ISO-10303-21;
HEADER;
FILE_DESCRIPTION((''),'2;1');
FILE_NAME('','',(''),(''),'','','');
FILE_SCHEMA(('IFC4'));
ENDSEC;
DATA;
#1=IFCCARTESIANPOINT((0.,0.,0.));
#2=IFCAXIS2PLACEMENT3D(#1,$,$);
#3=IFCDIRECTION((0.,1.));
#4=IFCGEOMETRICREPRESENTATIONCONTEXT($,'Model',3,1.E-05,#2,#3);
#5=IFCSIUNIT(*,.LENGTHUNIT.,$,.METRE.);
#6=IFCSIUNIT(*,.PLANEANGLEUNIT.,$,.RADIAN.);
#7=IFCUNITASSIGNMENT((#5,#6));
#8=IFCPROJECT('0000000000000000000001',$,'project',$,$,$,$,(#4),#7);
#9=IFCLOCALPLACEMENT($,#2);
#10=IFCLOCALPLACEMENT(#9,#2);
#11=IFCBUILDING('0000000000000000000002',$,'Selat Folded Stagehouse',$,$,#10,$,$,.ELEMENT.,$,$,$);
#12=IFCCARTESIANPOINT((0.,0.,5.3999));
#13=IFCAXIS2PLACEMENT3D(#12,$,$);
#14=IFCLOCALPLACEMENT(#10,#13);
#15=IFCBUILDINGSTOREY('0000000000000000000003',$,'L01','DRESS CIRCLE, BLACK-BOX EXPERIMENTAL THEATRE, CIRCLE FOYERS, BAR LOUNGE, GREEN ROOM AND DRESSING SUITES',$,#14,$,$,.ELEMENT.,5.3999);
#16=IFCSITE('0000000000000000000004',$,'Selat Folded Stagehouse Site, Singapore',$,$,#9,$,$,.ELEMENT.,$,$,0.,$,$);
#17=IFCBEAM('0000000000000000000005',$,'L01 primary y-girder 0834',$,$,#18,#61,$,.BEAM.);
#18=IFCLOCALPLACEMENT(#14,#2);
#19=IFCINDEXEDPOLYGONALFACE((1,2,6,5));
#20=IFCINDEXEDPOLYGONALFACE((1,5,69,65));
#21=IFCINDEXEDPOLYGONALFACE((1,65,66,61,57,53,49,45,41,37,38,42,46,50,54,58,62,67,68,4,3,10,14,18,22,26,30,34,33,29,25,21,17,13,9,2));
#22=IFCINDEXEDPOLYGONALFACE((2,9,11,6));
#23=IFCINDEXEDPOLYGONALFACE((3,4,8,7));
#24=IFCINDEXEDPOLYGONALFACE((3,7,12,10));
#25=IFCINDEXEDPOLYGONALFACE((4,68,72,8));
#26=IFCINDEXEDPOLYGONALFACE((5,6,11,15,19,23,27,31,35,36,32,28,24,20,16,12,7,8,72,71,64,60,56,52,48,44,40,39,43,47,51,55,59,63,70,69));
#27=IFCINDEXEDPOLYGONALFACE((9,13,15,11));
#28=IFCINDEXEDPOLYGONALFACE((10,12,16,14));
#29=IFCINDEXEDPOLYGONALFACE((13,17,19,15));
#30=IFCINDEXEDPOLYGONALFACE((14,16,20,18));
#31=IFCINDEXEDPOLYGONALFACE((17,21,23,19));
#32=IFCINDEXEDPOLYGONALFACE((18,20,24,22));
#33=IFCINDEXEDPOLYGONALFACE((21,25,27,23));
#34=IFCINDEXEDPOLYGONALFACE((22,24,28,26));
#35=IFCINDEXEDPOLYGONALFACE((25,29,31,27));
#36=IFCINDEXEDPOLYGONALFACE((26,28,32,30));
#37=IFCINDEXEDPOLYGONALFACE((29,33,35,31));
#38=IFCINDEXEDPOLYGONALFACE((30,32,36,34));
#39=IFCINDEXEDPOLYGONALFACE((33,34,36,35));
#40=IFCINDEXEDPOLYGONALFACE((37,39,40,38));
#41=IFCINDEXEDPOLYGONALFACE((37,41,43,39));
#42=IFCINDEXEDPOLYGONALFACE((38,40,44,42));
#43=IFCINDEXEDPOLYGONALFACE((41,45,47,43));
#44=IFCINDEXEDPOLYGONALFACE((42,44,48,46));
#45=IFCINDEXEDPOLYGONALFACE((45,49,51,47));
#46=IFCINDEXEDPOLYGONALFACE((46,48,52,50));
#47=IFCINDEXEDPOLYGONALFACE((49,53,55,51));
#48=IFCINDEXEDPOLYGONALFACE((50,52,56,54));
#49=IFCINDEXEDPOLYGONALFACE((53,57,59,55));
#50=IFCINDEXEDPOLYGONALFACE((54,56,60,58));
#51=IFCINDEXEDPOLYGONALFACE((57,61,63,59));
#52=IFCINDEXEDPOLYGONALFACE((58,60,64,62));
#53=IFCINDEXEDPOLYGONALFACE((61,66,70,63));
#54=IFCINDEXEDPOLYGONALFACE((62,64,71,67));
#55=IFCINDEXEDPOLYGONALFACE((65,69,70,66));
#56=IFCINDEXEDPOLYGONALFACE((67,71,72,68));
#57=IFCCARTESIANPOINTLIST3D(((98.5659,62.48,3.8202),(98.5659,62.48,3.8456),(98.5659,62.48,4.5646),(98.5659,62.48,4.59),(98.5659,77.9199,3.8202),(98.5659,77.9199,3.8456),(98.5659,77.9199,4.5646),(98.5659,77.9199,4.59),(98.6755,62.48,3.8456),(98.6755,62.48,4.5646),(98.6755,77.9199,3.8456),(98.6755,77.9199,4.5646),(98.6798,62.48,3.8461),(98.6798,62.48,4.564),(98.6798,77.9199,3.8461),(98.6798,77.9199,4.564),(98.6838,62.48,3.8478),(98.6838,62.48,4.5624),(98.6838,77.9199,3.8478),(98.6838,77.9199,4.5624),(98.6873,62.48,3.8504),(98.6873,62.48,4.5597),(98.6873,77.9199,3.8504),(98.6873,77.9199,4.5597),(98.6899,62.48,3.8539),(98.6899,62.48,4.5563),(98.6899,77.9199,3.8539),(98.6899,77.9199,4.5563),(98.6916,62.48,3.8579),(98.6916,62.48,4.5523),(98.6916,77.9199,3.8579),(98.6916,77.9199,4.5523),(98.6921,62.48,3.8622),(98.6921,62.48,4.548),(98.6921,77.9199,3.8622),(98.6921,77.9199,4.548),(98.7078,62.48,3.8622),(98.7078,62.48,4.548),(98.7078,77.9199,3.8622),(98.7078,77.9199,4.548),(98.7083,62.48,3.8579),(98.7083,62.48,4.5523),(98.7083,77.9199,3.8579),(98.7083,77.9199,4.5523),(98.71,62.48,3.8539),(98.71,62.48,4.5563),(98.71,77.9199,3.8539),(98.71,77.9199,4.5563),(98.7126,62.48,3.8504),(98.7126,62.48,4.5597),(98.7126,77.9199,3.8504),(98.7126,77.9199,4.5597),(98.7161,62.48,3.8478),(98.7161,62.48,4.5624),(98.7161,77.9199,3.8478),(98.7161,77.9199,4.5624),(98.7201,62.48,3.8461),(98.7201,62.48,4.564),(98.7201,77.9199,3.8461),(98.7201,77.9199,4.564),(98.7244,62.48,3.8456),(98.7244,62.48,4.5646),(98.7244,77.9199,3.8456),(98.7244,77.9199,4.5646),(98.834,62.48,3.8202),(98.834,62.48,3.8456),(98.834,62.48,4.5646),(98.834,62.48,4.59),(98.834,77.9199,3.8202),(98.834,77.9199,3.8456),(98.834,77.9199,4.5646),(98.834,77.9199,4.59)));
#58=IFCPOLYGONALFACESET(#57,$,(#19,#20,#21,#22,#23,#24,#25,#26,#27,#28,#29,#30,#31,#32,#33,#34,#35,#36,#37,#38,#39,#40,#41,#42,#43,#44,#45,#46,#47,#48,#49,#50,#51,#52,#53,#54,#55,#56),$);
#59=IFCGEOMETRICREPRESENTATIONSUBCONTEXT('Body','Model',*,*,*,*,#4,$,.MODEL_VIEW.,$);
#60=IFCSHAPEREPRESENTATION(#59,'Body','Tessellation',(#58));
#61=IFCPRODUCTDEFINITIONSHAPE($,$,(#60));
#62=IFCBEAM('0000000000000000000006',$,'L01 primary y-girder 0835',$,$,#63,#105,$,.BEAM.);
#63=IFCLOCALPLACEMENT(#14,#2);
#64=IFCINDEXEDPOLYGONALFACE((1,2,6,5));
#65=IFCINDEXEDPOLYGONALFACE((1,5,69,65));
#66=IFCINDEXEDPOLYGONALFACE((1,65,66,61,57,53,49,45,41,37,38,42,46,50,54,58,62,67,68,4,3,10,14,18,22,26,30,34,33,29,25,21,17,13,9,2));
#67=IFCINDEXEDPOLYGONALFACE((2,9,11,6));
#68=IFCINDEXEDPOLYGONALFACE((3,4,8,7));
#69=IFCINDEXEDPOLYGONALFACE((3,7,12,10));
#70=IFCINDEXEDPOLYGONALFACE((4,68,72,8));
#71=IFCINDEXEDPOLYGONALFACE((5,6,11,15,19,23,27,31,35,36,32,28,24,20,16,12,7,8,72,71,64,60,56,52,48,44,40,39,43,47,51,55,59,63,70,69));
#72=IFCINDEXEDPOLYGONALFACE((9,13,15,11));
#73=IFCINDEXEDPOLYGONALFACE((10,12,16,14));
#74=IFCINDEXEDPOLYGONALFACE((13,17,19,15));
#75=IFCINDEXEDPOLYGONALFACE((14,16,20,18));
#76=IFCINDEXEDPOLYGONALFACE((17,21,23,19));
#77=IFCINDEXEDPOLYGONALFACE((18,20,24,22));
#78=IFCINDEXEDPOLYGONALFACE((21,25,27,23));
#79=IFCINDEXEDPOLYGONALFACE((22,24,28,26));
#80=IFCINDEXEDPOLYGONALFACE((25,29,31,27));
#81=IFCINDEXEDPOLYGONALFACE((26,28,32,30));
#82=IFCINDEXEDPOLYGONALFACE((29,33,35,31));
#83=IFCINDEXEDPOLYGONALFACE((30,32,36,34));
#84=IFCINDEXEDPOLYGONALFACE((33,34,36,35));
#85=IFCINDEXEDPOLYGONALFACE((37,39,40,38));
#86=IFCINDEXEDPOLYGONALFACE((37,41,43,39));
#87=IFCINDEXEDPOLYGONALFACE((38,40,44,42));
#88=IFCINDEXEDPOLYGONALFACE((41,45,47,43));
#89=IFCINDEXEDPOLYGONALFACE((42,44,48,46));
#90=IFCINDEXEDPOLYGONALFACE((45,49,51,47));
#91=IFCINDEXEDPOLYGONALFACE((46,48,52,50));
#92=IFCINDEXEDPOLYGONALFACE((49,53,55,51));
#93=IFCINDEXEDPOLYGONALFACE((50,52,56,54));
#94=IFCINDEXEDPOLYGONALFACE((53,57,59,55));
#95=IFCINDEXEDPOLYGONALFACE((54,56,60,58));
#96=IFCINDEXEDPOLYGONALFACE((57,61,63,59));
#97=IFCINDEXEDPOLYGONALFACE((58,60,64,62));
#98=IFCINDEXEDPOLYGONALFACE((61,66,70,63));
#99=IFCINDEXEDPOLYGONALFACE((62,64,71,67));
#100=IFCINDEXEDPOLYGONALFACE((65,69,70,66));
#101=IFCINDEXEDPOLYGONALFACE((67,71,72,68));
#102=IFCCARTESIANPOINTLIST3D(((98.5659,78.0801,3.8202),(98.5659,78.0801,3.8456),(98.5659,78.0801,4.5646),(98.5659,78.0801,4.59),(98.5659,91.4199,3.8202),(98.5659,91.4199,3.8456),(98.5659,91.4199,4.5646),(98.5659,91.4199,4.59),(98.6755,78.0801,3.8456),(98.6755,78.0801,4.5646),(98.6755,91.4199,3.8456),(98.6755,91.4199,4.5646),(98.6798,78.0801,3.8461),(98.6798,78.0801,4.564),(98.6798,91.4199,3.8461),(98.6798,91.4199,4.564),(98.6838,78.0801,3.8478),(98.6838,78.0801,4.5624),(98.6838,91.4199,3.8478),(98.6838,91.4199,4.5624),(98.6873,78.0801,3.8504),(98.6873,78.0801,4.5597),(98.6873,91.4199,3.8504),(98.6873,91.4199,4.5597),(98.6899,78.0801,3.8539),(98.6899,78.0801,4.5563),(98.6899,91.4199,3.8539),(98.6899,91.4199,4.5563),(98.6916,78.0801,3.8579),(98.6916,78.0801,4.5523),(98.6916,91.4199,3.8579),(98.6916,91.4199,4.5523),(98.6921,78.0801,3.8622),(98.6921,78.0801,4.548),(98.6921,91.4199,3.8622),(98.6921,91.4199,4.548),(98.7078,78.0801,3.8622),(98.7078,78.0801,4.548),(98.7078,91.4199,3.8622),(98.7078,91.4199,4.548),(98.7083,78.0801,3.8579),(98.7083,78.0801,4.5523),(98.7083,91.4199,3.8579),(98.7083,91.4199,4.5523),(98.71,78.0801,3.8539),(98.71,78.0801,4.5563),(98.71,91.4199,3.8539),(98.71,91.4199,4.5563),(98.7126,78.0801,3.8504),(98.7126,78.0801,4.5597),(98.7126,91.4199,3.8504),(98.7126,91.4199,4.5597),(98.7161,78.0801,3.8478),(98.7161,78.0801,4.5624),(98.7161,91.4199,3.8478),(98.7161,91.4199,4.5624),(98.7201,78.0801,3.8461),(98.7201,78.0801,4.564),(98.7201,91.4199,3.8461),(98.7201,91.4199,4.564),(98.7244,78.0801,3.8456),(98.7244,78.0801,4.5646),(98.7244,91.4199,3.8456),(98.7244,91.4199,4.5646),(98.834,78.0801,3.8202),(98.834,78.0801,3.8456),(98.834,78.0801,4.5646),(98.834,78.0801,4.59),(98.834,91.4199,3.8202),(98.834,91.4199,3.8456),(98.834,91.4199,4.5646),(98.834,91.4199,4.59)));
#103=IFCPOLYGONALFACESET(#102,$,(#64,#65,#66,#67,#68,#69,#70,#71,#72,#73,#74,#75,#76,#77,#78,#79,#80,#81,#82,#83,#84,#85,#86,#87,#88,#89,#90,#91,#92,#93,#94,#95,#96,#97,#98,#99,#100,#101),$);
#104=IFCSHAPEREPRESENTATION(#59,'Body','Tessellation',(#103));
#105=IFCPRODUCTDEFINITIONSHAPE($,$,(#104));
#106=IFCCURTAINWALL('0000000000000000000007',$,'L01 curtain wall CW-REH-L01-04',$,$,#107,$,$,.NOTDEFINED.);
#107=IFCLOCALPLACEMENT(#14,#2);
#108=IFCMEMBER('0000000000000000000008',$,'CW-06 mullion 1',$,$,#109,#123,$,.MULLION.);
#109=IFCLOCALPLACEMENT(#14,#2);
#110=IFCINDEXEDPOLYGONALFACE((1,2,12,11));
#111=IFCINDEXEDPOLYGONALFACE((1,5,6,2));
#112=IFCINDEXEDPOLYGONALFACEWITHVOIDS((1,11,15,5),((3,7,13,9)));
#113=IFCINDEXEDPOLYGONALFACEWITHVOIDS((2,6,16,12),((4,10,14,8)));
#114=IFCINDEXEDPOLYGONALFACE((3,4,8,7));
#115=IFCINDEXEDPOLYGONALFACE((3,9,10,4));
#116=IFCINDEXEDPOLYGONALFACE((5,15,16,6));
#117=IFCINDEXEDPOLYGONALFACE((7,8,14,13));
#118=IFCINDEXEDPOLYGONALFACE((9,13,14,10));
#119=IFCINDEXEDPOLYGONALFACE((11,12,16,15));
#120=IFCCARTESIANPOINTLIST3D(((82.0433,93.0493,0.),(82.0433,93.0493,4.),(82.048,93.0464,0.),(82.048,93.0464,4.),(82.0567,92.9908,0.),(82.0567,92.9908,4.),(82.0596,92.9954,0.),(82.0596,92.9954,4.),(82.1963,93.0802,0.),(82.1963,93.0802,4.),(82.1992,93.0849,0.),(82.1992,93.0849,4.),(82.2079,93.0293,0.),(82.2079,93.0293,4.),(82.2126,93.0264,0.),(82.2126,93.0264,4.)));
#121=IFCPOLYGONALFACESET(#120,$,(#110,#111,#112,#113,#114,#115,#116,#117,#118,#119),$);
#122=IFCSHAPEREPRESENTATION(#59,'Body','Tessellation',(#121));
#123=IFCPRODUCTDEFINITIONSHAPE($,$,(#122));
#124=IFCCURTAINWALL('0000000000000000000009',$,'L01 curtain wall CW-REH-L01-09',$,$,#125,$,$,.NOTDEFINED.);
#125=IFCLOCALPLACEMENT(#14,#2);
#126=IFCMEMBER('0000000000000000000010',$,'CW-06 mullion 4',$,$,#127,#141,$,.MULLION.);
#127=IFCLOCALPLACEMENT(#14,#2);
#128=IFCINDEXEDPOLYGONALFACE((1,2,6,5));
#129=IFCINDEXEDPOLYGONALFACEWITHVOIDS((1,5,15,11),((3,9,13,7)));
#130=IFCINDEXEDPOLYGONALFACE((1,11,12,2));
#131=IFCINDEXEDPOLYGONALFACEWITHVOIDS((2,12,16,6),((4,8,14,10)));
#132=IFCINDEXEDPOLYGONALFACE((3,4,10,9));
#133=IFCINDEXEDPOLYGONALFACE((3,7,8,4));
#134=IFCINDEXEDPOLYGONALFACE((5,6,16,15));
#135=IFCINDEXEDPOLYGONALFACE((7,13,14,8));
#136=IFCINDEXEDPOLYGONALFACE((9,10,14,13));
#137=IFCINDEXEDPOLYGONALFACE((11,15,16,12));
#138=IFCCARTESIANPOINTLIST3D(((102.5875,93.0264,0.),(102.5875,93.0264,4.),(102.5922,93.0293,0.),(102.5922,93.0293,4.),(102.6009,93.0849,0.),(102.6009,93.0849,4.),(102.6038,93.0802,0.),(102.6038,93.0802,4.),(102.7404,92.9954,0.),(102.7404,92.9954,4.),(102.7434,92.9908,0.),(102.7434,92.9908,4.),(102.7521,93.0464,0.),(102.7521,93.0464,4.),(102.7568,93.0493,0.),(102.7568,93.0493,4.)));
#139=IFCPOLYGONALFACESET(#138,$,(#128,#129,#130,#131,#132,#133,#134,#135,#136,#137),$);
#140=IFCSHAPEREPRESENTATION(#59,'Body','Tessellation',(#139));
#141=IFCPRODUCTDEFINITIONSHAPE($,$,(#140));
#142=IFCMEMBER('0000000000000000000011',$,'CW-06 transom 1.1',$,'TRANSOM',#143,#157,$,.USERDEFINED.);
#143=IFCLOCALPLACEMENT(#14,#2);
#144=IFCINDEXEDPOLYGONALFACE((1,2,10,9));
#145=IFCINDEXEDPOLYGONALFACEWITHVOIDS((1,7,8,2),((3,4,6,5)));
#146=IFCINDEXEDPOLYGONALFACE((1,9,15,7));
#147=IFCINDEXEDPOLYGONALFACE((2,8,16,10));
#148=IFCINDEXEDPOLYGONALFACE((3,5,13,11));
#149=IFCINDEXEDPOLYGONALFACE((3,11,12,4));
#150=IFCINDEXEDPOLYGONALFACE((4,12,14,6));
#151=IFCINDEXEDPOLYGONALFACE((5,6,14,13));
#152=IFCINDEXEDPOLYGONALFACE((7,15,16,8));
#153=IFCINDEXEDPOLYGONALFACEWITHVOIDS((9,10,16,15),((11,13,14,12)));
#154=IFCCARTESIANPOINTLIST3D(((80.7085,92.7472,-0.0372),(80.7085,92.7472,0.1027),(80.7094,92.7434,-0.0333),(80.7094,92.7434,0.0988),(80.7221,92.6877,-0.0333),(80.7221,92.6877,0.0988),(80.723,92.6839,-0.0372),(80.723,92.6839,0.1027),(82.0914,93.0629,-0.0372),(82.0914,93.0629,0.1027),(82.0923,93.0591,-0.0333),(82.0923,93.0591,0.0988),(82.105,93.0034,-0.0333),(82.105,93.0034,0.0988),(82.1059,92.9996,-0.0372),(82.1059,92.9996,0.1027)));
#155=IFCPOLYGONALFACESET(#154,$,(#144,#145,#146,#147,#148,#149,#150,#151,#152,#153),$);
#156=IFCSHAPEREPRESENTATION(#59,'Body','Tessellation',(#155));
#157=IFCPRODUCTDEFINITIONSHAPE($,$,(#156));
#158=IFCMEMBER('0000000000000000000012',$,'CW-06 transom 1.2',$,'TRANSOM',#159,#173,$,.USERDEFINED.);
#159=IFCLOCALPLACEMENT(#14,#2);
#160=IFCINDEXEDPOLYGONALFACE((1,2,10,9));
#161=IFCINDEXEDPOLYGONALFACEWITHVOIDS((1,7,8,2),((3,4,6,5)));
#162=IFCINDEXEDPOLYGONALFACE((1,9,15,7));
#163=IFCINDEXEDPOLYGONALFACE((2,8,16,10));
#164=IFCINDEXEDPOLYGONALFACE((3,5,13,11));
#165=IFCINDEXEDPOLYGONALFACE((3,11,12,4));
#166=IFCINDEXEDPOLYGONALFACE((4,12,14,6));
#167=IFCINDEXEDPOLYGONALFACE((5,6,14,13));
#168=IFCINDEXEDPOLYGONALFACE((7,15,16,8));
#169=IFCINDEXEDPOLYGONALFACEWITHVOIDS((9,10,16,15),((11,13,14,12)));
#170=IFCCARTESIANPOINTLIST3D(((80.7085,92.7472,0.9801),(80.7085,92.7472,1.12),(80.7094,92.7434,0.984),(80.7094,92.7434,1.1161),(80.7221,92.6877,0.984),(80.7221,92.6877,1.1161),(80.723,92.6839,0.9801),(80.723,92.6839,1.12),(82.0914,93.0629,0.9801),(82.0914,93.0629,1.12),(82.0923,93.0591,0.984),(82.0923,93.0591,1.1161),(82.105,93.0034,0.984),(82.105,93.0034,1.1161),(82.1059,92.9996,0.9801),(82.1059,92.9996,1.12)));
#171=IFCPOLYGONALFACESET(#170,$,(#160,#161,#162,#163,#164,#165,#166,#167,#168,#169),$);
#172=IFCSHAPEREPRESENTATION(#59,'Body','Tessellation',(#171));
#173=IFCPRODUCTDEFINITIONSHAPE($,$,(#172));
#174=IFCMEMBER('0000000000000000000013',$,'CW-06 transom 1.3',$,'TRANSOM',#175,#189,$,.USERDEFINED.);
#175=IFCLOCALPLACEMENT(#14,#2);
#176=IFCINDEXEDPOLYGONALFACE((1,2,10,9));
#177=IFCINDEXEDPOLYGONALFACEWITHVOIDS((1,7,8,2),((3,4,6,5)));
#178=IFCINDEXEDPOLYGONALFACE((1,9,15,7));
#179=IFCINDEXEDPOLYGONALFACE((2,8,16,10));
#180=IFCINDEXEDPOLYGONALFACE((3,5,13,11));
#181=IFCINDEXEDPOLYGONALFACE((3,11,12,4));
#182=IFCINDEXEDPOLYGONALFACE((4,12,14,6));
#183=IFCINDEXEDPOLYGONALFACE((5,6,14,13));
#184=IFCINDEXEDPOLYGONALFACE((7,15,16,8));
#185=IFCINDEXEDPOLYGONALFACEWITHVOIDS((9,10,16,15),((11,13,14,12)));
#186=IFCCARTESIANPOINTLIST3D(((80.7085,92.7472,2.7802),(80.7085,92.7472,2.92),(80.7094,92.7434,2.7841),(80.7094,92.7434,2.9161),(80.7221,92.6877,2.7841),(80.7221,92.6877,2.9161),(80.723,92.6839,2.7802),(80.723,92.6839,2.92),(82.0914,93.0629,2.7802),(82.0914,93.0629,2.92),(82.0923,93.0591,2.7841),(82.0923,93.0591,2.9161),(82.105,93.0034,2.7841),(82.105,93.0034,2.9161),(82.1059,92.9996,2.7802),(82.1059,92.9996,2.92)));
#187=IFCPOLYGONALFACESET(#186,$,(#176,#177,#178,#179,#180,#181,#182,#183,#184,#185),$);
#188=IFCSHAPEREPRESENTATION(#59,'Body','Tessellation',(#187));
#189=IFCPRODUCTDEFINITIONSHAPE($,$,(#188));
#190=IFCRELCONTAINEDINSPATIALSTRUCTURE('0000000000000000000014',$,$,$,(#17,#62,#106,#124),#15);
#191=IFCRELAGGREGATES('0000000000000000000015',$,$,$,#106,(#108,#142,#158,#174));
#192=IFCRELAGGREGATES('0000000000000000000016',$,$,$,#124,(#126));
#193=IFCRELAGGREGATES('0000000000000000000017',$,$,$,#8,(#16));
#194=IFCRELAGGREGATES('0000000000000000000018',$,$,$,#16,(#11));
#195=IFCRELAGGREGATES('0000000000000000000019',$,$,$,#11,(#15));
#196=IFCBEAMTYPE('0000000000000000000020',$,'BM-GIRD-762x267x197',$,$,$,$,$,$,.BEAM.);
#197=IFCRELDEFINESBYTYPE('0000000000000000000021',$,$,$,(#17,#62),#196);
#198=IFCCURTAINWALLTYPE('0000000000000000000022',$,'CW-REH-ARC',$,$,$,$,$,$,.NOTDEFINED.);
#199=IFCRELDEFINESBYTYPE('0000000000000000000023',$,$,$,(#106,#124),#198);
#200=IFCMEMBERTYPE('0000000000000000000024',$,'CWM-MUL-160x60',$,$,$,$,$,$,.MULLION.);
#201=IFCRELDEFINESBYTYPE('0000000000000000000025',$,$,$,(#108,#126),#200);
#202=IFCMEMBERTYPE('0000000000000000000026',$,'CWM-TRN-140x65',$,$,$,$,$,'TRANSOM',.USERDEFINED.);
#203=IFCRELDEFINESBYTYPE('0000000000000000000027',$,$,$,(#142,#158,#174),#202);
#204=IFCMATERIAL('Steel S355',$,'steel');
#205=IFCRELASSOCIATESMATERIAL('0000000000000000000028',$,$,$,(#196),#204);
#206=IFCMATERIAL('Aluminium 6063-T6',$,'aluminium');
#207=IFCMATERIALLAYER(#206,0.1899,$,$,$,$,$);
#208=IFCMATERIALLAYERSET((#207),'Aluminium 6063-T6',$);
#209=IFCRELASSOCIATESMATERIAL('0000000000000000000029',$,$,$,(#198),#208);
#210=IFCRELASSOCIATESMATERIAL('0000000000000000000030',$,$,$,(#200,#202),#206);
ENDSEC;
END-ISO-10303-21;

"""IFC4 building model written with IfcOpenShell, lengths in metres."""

from ifc_helpers import new_model, si_unit, direction, frame, origin, origin_2d, place, context, subcontext, project, spatial, hollow_rectangle, i_section, extrude, material, layer, layer_set, material_profile, profile_set, type_object, element, aggregate, save


model = new_model("IFC4")

# Units and contexts
model_context = context("Model", 3, precision=1e-05, world=origin(), true_north=direction((0.0, 1.0)))
body_context = subcontext(model_context, "Body", "Model", "MODEL_VIEW")
ifc_project = project(units=[si_unit("LENGTHUNIT", "METRE"), si_unit("PLANEANGLEUNIT", "RADIAN")], contexts=[model_context])

# Site, building, storey
site_placement = place(None, origin())
site = spatial("IfcSite", under=ifc_project, at=site_placement, Name="Selat Folded Stagehouse Site, Singapore", CompositionType="ELEMENT", RefElevation=0.0)
building_placement = place(site_placement, origin())
building = spatial("IfcBuilding", under=site, at=building_placement, Name="Selat Folded Stagehouse", CompositionType="ELEMENT")
storey_placement = place(building_placement, frame((0.0, 0.0, 5.3999)))
storey = spatial("IfcBuildingStorey", under=building, at=storey_placement, Name="L01", Description="DRESS CIRCLE, BLACK-BOX EXPERIMENTAL THEATRE, CIRCLE FOYERS, BAR LOUNGE, GREEN ROOM AND DRESSING SUITES", CompositionType="ELEMENT", Elevation=5.3999)

# Shared definitions
ifc_material_1 = material(Name="Steel S355", Category="steel")

# Beams
ifc_material_profile_1 = material_profile(ifc_material_1, i_section(OverallWidth=0.2681, OverallDepth=0.7698, WebThickness=0.0156, FlangeThickness=0.0254, FilletRadius=0.0166, at=origin_2d()), Name="UKB 762x267x197")
ifc_profile_set_1 = profile_set([ifc_material_profile_1], Name="Steel S355")
beam_type = type_object("IfcBeamType", Name="BM-GIRD-762x267x197", PredefinedType="BEAM", material=ifc_profile_set_1)
beam_1_placement = place(storey_placement, frame((98.7, 62.48, 4.2051), z_axis=(0.0, 1.0, 0.0), x_axis=(-1.0, 0.0, 0.0)))
element("IfcBeam", 1, at=beam_1_placement, inside=storey, type_object=beam_type, Name="L01 primary y-girder 0834", PredefinedType="BEAM", context=body_context, shape_type="SweptSolid", body=[
    extrude(i_section(OverallWidth=0.2681, OverallDepth=0.7698, WebThickness=0.0156, FlangeThickness=0.0254, FilletRadius=0.0166, at=origin_2d()), origin(), (0.0, 0.0, 1.0), 15.4399),
])
beam_2_placement = place(storey_placement, frame((98.7, 78.0801, 4.2051), z_axis=(0.0, 1.0, 0.0), x_axis=(-1.0, 0.0, 0.0)))
element("IfcBeam", 2, at=beam_2_placement, inside=storey, type_object=beam_type, Name="L01 primary y-girder 0835", PredefinedType="BEAM", context=body_context, shape_type="SweptSolid", body=[
    extrude(i_section(OverallWidth=0.2681, OverallDepth=0.7698, WebThickness=0.0156, FlangeThickness=0.0254, FilletRadius=0.0166, at=origin_2d()), origin(), (0.0, 0.0, 1.0), 13.3398),
])

# Curtain walls, members
ifc_material_2 = material(Name="Aluminium 6063-T6", Category="aluminium")
ifc_layer_1 = layer(ifc_material_2, 0.1899)
ifc_layer_set_1 = layer_set([ifc_layer_1], Name="Aluminium 6063-T6")
curtain_wall_type = type_object("IfcCurtainWallType", Name="CW-REH-ARC", PredefinedType="NOTDEFINED", material=ifc_layer_set_1)
curtain_wall_1_placement = place(storey_placement, origin())
curtain_wall_1 = element("IfcCurtainWall", 3, at=curtain_wall_1_placement, inside=storey, type_object=curtain_wall_type, Name="L01 curtain wall CW-REH-L01-04", PredefinedType="NOTDEFINED")
ifc_material_profile_2 = material_profile(ifc_material_2, hollow_rectangle(XDim=0.0601, YDim=0.1599, WallThickness=0.0039, at=origin_2d()), Name="ALU 160x60x4.0")
ifc_profile_set_2 = profile_set([ifc_material_profile_2], Name="Aluminium 6063-T6")
member_type_1 = type_object("IfcMemberType", Name="CWM-MUL-160x60", PredefinedType="MULLION", material=ifc_profile_set_2)
member_1_placement = place(storey_placement, frame((82.1279, 93.0378, 0.0), z_axis=(0.0, 0.0, 1.0), x_axis=(0.222543, -0.974923, 0.0)))
member_1 = element("IfcMember", 4, at=member_1_placement, type_object=member_type_1, Name="CW-06 mullion 1", PredefinedType="MULLION", context=body_context, shape_type="SweptSolid", body=[
    extrude(hollow_rectangle(XDim=0.0601, YDim=0.1599, WallThickness=0.0039, at=origin_2d()), origin(), (0.0, 0.0, 1.0), 4.0),
])
curtain_wall_2_placement = place(storey_placement, origin())
curtain_wall_2 = element("IfcCurtainWall", 5, at=curtain_wall_2_placement, inside=storey, type_object=curtain_wall_type, Name="L01 curtain wall CW-REH-L01-09", PredefinedType="NOTDEFINED")
member_2_placement = place(storey_placement, frame((102.6721, 93.0378, 0.0), z_axis=(0.0, 0.0, 1.0), x_axis=(-0.222543, -0.974923, 0.0)))
member_2 = element("IfcMember", 6, at=member_2_placement, type_object=member_type_1, Name="CW-06 mullion 4", PredefinedType="MULLION", context=body_context, shape_type="SweptSolid", body=[
    extrude(hollow_rectangle(XDim=0.0601, YDim=0.1599, WallThickness=0.0039, at=origin_2d()), origin(), (0.0, 0.0, 1.0), 4.0),
])

# Members
ifc_material_profile_3 = material_profile(ifc_material_2, hollow_rectangle(XDim=0.0649, YDim=0.1399, WallThickness=0.0039, at=origin_2d()), Name="ALU 140x65x4.0")
ifc_profile_set_3 = profile_set([ifc_material_profile_3], Name="Aluminium 6063-T6")
member_type_2 = type_object("IfcMemberType", Name="CWM-TRN-140x65", ElementType="TRANSOM", PredefinedType="USERDEFINED", material=ifc_profile_set_3)
member_3_placement = place(storey_placement, frame((82.0986, 93.0312, 0.0327), z_axis=(-0.974919, -0.222558, 0.0), x_axis=(0.222558, -0.974919, 0.0)))
member_3 = element("IfcMember", 7, at=member_3_placement, type_object=member_type_2, Name="CW-06 transom 1.1", ObjectType="TRANSOM", PredefinedType="USERDEFINED", context=body_context, shape_type="SweptSolid", body=[
    extrude(hollow_rectangle(XDim=0.0649, YDim=0.1399, WallThickness=0.0039, at=origin_2d()), origin(), (0.0, 0.0, 1.0), 1.4185),
])
member_4_placement = place(storey_placement, frame((82.0986, 93.0312, 1.05), z_axis=(-0.974919, -0.222558, 0.0), x_axis=(0.222558, -0.974919, 0.0)))
member_4 = element("IfcMember", 8, at=member_4_placement, type_object=member_type_2, Name="CW-06 transom 1.2", ObjectType="TRANSOM", PredefinedType="USERDEFINED", context=body_context, shape_type="SweptSolid", body=[
    extrude(hollow_rectangle(XDim=0.0649, YDim=0.1399, WallThickness=0.0039, at=origin_2d()), origin(), (0.0, 0.0, 1.0), 1.4185),
])
member_5_placement = place(storey_placement, frame((82.0986, 93.0312, 2.8501), z_axis=(-0.974919, -0.222558, 0.0), x_axis=(0.222558, -0.974919, 0.0)))
member_5 = element("IfcMember", 9, at=member_5_placement, type_object=member_type_2, Name="CW-06 transom 1.3", ObjectType="TRANSOM", PredefinedType="USERDEFINED", context=body_context, shape_type="SweptSolid", body=[
    extrude(hollow_rectangle(XDim=0.0649, YDim=0.1399, WallThickness=0.0039, at=origin_2d()), origin(), (0.0, 0.0, 1.0), 1.4185),
])

aggregate(curtain_wall_1, [member_1, member_3, member_4, member_5])
aggregate(curtain_wall_2, [member_2])

save(model, "model.ifc")
